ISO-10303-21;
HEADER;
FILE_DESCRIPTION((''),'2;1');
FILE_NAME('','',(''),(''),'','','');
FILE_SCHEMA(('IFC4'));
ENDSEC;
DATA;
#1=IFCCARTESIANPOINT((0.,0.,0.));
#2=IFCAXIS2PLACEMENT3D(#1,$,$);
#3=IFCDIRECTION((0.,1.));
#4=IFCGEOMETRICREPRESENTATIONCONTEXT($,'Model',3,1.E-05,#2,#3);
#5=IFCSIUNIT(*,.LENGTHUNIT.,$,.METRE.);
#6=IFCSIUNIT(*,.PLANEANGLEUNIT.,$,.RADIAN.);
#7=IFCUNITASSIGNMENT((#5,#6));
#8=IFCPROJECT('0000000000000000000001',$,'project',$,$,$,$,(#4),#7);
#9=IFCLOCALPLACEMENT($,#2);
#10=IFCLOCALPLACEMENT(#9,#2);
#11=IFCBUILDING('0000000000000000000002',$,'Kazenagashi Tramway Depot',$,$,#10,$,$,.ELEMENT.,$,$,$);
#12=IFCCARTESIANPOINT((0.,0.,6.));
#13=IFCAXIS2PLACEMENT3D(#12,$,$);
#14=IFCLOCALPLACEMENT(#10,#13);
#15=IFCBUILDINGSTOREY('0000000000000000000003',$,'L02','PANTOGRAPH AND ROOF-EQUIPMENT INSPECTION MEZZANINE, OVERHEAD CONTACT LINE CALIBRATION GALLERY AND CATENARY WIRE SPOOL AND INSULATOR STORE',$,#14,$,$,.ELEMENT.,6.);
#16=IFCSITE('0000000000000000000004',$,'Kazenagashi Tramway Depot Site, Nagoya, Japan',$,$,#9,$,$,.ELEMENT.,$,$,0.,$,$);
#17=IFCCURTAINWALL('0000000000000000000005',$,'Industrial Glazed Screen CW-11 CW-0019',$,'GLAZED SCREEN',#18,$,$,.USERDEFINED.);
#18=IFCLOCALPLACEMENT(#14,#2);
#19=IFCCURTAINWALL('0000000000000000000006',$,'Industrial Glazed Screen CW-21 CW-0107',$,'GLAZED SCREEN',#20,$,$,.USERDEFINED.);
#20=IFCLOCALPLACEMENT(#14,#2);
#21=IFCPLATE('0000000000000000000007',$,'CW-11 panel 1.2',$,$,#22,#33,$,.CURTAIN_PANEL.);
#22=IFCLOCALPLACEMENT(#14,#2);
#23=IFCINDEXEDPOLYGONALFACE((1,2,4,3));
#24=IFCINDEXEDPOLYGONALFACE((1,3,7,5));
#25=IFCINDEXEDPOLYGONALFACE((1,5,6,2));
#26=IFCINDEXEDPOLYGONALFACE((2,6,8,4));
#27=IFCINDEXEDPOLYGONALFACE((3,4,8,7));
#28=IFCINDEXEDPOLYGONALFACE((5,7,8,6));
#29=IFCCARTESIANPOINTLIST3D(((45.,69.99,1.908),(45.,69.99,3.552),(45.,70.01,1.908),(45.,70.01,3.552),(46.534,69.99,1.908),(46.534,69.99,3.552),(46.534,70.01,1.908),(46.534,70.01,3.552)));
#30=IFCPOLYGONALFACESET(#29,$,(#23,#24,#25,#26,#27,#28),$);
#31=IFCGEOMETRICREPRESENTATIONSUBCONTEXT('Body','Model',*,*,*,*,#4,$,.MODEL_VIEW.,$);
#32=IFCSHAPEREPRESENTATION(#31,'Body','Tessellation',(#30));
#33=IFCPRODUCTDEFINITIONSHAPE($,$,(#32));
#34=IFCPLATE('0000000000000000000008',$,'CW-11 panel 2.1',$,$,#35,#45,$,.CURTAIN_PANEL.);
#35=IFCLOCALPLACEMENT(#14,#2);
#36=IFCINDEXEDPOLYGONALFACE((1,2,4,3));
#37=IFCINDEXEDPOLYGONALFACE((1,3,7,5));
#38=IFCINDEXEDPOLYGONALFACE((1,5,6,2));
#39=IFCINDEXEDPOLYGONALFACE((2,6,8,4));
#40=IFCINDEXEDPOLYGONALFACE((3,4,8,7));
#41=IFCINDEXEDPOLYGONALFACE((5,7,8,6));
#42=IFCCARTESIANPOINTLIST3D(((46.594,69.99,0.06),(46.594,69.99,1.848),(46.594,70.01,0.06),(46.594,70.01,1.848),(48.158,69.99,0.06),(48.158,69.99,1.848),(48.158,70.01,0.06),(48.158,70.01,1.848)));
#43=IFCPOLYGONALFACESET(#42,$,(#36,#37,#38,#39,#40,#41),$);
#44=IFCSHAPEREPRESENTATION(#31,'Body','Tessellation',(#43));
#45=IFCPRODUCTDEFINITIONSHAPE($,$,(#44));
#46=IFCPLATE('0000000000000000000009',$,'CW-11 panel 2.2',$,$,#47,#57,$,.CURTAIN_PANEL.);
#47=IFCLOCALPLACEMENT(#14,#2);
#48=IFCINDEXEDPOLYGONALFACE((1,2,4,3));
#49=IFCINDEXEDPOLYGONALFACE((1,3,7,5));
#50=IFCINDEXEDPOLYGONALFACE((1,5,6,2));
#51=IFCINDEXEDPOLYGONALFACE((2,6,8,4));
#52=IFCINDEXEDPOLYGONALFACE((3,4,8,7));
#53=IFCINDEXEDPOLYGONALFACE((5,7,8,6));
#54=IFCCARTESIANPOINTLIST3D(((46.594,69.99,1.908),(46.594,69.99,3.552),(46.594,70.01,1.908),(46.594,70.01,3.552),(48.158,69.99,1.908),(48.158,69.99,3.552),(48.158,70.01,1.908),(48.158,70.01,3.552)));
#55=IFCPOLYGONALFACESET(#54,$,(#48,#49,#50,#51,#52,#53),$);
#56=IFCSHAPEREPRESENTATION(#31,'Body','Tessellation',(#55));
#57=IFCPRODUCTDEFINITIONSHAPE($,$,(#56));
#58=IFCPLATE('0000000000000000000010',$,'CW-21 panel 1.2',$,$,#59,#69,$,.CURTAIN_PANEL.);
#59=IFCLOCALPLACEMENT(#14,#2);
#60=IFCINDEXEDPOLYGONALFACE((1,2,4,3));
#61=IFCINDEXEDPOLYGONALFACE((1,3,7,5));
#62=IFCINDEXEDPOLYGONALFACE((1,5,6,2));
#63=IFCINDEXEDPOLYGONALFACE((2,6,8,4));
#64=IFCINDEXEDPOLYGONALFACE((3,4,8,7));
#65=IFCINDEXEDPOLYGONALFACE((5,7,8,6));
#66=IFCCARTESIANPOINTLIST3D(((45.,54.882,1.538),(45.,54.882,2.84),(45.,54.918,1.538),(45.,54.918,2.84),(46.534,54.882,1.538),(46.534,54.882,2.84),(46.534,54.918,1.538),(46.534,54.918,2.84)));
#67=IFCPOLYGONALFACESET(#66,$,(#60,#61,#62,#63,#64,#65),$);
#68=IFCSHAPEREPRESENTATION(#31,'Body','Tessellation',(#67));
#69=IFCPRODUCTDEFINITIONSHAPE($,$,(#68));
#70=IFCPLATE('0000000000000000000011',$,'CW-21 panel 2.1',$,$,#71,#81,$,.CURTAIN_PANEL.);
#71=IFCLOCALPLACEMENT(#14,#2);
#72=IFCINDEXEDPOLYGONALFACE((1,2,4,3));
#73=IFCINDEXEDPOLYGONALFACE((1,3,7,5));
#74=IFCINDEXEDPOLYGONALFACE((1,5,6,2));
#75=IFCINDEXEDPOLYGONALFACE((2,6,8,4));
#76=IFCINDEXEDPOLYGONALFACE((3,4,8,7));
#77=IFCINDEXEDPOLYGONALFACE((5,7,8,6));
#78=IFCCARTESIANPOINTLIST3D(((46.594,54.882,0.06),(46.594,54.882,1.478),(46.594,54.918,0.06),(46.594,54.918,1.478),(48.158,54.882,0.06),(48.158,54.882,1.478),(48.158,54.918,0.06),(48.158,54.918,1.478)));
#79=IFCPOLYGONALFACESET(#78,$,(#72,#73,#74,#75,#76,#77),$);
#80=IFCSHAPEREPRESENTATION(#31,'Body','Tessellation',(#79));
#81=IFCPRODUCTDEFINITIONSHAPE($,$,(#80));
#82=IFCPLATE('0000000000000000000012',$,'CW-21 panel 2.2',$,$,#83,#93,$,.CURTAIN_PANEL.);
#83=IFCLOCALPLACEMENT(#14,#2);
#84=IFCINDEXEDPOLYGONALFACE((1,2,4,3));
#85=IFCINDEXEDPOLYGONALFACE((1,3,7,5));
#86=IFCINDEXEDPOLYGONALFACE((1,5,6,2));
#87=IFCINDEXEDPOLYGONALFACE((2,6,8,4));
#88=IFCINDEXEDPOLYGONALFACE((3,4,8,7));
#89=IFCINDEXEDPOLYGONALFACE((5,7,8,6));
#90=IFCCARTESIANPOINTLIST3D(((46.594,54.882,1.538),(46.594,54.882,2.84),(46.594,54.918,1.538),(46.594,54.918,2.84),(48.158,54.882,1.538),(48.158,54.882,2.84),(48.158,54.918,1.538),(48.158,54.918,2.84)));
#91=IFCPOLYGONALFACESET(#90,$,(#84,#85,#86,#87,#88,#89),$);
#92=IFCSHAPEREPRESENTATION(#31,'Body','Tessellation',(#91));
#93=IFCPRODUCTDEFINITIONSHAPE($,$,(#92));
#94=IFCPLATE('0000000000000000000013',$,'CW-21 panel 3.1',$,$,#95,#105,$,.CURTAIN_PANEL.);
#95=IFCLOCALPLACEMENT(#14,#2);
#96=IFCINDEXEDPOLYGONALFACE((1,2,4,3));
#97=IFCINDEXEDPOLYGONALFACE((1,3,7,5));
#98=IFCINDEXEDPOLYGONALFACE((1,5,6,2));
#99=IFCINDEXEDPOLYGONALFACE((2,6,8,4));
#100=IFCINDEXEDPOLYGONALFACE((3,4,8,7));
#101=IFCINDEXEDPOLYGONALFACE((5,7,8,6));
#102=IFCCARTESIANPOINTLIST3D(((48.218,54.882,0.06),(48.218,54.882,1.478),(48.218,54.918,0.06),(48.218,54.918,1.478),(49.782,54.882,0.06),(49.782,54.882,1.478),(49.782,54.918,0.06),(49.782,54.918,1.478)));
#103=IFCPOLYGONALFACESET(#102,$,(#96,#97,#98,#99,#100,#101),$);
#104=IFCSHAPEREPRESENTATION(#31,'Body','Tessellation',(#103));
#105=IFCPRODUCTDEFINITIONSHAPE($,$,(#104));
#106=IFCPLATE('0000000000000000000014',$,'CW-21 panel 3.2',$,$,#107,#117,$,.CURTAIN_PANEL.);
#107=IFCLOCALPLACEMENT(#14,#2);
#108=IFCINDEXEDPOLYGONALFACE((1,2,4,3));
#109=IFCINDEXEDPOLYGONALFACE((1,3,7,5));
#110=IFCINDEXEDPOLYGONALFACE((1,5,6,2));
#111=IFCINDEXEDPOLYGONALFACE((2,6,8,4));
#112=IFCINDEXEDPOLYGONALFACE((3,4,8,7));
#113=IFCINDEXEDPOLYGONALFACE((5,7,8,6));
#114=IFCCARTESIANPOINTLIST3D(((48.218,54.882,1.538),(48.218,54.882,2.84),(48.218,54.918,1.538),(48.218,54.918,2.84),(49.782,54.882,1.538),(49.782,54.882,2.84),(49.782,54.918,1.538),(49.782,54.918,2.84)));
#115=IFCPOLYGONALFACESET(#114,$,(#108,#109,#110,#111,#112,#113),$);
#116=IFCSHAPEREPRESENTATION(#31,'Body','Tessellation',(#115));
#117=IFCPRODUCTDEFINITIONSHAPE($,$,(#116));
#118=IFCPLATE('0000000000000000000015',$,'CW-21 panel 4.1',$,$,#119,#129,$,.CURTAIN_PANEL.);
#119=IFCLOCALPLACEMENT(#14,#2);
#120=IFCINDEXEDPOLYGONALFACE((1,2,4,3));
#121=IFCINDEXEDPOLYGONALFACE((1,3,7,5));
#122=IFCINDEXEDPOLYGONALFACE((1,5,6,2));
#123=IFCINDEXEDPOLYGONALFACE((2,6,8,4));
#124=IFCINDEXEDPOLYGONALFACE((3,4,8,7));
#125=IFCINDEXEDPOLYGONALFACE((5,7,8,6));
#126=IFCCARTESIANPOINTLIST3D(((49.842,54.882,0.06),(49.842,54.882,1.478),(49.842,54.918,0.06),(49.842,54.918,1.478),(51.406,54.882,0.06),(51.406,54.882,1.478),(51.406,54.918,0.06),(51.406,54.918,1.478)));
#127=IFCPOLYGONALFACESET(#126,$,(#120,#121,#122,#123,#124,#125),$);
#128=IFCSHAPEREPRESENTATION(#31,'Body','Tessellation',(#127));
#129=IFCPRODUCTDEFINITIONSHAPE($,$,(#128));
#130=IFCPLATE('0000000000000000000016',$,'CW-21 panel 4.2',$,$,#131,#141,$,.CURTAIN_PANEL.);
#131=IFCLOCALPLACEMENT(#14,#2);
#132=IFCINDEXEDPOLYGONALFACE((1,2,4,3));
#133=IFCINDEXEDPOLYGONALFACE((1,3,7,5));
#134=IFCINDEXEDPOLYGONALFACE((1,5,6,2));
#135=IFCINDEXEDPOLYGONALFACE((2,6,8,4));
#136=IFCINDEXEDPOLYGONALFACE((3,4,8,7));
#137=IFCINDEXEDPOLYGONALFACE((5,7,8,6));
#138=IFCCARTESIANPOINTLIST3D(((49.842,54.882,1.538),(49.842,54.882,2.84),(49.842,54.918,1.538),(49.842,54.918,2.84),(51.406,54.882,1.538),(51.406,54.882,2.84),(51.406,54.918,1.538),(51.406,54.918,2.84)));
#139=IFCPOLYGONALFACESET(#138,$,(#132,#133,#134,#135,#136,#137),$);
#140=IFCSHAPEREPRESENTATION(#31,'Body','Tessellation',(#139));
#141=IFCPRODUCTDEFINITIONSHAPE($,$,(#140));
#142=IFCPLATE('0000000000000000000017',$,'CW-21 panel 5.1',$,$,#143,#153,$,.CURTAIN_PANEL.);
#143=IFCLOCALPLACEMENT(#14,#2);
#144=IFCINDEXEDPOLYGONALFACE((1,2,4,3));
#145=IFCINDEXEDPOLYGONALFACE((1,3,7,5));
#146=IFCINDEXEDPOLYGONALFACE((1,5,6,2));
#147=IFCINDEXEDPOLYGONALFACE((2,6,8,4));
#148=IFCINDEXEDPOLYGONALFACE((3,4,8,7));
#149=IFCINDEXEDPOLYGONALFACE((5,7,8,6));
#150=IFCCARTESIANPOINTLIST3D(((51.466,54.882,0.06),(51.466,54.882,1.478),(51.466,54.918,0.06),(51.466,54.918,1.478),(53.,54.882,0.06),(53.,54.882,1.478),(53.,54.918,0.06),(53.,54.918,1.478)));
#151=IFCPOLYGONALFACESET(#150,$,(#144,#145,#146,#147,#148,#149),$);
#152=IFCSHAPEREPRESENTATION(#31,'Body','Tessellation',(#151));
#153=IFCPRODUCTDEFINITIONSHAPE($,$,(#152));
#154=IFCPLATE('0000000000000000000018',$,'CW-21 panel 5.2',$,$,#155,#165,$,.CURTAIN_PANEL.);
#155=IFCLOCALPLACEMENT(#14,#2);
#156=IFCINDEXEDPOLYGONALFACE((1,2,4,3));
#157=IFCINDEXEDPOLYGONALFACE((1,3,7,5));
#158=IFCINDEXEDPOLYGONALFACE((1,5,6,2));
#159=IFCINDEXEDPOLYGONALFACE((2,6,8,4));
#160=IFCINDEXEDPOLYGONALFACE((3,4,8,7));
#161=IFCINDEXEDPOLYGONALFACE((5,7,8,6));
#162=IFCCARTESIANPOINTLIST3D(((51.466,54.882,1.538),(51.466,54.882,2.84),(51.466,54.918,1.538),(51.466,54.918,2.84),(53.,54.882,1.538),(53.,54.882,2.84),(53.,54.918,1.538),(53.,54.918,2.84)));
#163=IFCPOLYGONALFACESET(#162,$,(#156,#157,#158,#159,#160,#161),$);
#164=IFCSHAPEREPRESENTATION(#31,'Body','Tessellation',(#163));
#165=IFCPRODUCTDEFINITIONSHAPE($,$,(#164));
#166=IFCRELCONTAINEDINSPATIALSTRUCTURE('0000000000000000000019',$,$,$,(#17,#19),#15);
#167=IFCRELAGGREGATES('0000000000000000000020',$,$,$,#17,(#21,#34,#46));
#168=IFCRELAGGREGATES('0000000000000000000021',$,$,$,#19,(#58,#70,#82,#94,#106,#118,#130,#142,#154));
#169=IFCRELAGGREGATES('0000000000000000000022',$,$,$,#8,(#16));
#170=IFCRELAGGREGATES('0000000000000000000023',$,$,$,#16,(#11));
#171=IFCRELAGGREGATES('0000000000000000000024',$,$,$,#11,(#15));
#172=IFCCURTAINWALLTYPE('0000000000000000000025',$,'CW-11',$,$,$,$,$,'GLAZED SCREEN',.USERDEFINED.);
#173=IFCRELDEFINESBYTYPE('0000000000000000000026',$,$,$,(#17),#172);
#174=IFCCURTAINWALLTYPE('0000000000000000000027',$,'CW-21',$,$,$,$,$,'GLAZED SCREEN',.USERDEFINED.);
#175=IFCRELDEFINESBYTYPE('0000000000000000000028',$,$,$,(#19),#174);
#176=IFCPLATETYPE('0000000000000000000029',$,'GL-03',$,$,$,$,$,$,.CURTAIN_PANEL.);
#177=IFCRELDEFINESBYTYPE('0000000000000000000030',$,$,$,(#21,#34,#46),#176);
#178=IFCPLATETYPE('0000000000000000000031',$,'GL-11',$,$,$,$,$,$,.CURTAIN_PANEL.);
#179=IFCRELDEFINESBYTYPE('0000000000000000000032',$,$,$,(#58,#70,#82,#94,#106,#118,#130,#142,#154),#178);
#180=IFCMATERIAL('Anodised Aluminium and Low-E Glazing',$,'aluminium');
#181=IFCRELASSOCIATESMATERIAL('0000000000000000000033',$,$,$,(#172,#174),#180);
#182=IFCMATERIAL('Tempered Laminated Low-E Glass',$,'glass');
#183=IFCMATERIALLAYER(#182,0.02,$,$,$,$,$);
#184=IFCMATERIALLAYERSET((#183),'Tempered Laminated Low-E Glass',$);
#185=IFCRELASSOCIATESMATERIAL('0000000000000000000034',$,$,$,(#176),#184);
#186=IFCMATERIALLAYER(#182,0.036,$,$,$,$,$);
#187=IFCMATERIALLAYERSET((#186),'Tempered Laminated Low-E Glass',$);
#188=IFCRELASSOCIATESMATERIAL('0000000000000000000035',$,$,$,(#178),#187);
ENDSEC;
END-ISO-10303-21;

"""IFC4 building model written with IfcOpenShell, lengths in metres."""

from ifc_helpers import new_model, si_unit, direction, frame, origin, origin_2d, place, context, subcontext, project, spatial, rectangle, extrude, material, layer, layer_set, type_object, element, aggregate, save


model = new_model("IFC4")

# Units and contexts
model_context = context("Model", 3, precision=1e-05, world=origin(), true_north=direction((0.0, 1.0)))
body_context = subcontext(model_context, "Body", "Model", "MODEL_VIEW")
ifc_project = project(units=[si_unit("LENGTHUNIT", "METRE"), si_unit("PLANEANGLEUNIT", "RADIAN")], contexts=[model_context])

# Site, building, storey
site_placement = place(None, origin())
site = spatial("IfcSite", under=ifc_project, at=site_placement, Name="Kazenagashi Tramway Depot Site, Nagoya, Japan", CompositionType="ELEMENT", RefElevation=0.0)
building_placement = place(site_placement, origin())
building = spatial("IfcBuilding", under=site, at=building_placement, Name="Kazenagashi Tramway Depot", CompositionType="ELEMENT")
storey_placement = place(building_placement, frame((0.0, 0.0, 6.0)))
storey = spatial("IfcBuildingStorey", under=building, at=storey_placement, Name="L02", Description="PANTOGRAPH AND ROOF-EQUIPMENT INSPECTION MEZZANINE, OVERHEAD CONTACT LINE CALIBRATION GALLERY AND CATENARY WIRE SPOOL AND INSULATOR STORE", CompositionType="ELEMENT", Elevation=6.0)

# Curtain wall
ifc_material_1 = material(Name="Anodised Aluminium and Low-E Glazing", Category="aluminium")
curtain_wall_type_1 = type_object("IfcCurtainWallType", Name="CW-11", ElementType="GLAZED SCREEN", PredefinedType="USERDEFINED", material=ifc_material_1)
curtain_wall_1_placement = place(storey_placement, origin())
curtain_wall_1 = element("IfcCurtainWall", 1, at=curtain_wall_1_placement, inside=storey, type_object=curtain_wall_type_1, Name="Industrial Glazed Screen CW-11 CW-0019", ObjectType="GLAZED SCREEN", PredefinedType="USERDEFINED")

# Curtain wall
curtain_wall_type_2 = type_object("IfcCurtainWallType", Name="CW-21", ElementType="GLAZED SCREEN", PredefinedType="USERDEFINED", material=ifc_material_1)
curtain_wall_2_placement = place(storey_placement, origin())
curtain_wall_2 = element("IfcCurtainWall", 2, at=curtain_wall_2_placement, inside=storey, type_object=curtain_wall_type_2, Name="Industrial Glazed Screen CW-21 CW-0107", ObjectType="GLAZED SCREEN", PredefinedType="USERDEFINED")

# Plates
ifc_material_2 = material(Name="Tempered Laminated Low-E Glass", Category="glass")
ifc_layer_1 = layer(ifc_material_2, 0.02)
ifc_layer_set_1 = layer_set([ifc_layer_1], Name="Tempered Laminated Low-E Glass")
plate_type_1 = type_object("IfcPlateType", Name="GL-03", PredefinedType="CURTAIN_PANEL", material=ifc_layer_set_1)
plate_1_placement = place(storey_placement, frame((45.767, 70.0, 1.908), z_axis=(0.0, 0.0, 1.0), x_axis=(1.0, 0.0, 0.0)))
plate_1 = element("IfcPlate", 3, at=plate_1_placement, type_object=plate_type_1, Name="CW-11 panel 1.2", PredefinedType="CURTAIN_PANEL", context=body_context, shape_type="SweptSolid", body=[
    extrude(rectangle(XDim=1.534, YDim=0.02, at=origin_2d()), origin(), (0.0, 0.0, 1.0), 1.644),
])
plate_2_placement = place(storey_placement, frame((47.376, 70.0, 0.06), z_axis=(0.0, 0.0, 1.0), x_axis=(1.0, 0.0, 0.0)))
plate_2 = element("IfcPlate", 4, at=plate_2_placement, type_object=plate_type_1, Name="CW-11 panel 2.1", PredefinedType="CURTAIN_PANEL", context=body_context, shape_type="SweptSolid", body=[
    extrude(rectangle(XDim=1.564, YDim=0.02, at=origin_2d()), origin(), (0.0, 0.0, 1.0), 1.788),
])
plate_3_placement = place(storey_placement, frame((47.376, 70.0, 1.908), z_axis=(0.0, 0.0, 1.0), x_axis=(1.0, 0.0, 0.0)))
plate_3 = element("IfcPlate", 5, at=plate_3_placement, type_object=plate_type_1, Name="CW-11 panel 2.2", PredefinedType="CURTAIN_PANEL", context=body_context, shape_type="SweptSolid", body=[
    extrude(rectangle(XDim=1.564, YDim=0.02, at=origin_2d()), origin(), (0.0, 0.0, 1.0), 1.644),
])
aggregate(curtain_wall_1, [plate_1, plate_2, plate_3])
ifc_layer_2 = layer(ifc_material_2, 0.036)
ifc_layer_set_2 = layer_set([ifc_layer_2], Name="Tempered Laminated Low-E Glass")
plate_type_2 = type_object("IfcPlateType", Name="GL-11", PredefinedType="CURTAIN_PANEL", material=ifc_layer_set_2)
plate_4_placement = place(storey_placement, frame((45.767, 54.9, 1.538), z_axis=(0.0, 0.0, 1.0), x_axis=(1.0, 0.0, 0.0)))
plate_4 = element("IfcPlate", 6, at=plate_4_placement, type_object=plate_type_2, Name="CW-21 panel 1.2", PredefinedType="CURTAIN_PANEL", context=body_context, shape_type="SweptSolid", body=[
    extrude(rectangle(XDim=1.534, YDim=0.036, at=origin_2d()), origin(), (0.0, 0.0, 1.0), 1.302),
])
plate_5_placement = place(storey_placement, frame((47.376, 54.9, 0.06), z_axis=(0.0, 0.0, 1.0), x_axis=(1.0, 0.0, 0.0)))
plate_5 = element("IfcPlate", 7, at=plate_5_placement, type_object=plate_type_2, Name="CW-21 panel 2.1", PredefinedType="CURTAIN_PANEL", context=body_context, shape_type="SweptSolid", body=[
    extrude(rectangle(XDim=1.564, YDim=0.036, at=origin_2d()), origin(), (0.0, 0.0, 1.0), 1.418),
])
plate_6_placement = place(storey_placement, frame((47.376, 54.9, 1.538), z_axis=(0.0, 0.0, 1.0), x_axis=(1.0, 0.0, 0.0)))
plate_6 = element("IfcPlate", 8, at=plate_6_placement, type_object=plate_type_2, Name="CW-21 panel 2.2", PredefinedType="CURTAIN_PANEL", context=body_context, shape_type="SweptSolid", body=[
    extrude(rectangle(XDim=1.564, YDim=0.036, at=origin_2d()), origin(), (0.0, 0.0, 1.0), 1.302),
])
plate_7_placement = place(storey_placement, frame((49.0, 54.9, 0.06), z_axis=(0.0, 0.0, 1.0), x_axis=(1.0, 0.0, 0.0)))
plate_7 = element("IfcPlate", 9, at=plate_7_placement, type_object=plate_type_2, Name="CW-21 panel 3.1", PredefinedType="CURTAIN_PANEL", context=body_context, shape_type="SweptSolid", body=[
    extrude(rectangle(XDim=1.564, YDim=0.036, at=origin_2d()), origin(), (0.0, 0.0, 1.0), 1.418),
])
plate_8_placement = place(storey_placement, frame((49.0, 54.9, 1.538), z_axis=(0.0, 0.0, 1.0), x_axis=(1.0, 0.0, 0.0)))
plate_8 = element("IfcPlate", 10, at=plate_8_placement, type_object=plate_type_2, Name="CW-21 panel 3.2", PredefinedType="CURTAIN_PANEL", context=body_context, shape_type="SweptSolid", body=[
    extrude(rectangle(XDim=1.564, YDim=0.036, at=origin_2d()), origin(), (0.0, 0.0, 1.0), 1.302),
])
plate_9_placement = place(storey_placement, frame((50.624, 54.9, 0.06), z_axis=(0.0, 0.0, 1.0), x_axis=(1.0, 0.0, 0.0)))
plate_9 = element("IfcPlate", 11, at=plate_9_placement, type_object=plate_type_2, Name="CW-21 panel 4.1", PredefinedType="CURTAIN_PANEL", context=body_context, shape_type="SweptSolid", body=[
    extrude(rectangle(XDim=1.564, YDim=0.036, at=origin_2d()), origin(), (0.0, 0.0, 1.0), 1.418),
])
plate_10_placement = place(storey_placement, frame((50.624, 54.9, 1.538), z_axis=(0.0, 0.0, 1.0), x_axis=(1.0, 0.0, 0.0)))
plate_10 = element("IfcPlate", 12, at=plate_10_placement, type_object=plate_type_2, Name="CW-21 panel 4.2", PredefinedType="CURTAIN_PANEL", context=body_context, shape_type="SweptSolid", body=[
    extrude(rectangle(XDim=1.564, YDim=0.036, at=origin_2d()), origin(), (0.0, 0.0, 1.0), 1.302),
])
plate_11_placement = place(storey_placement, frame((52.233, 54.9, 0.06), z_axis=(0.0, 0.0, 1.0), x_axis=(1.0, 0.0, 0.0)))
plate_11 = element("IfcPlate", 13, at=plate_11_placement, type_object=plate_type_2, Name="CW-21 panel 5.1", PredefinedType="CURTAIN_PANEL", context=body_context, shape_type="SweptSolid", body=[
    extrude(rectangle(XDim=1.534, YDim=0.036, at=origin_2d()), origin(), (0.0, 0.0, 1.0), 1.418),
])
plate_12_placement = place(storey_placement, frame((52.233, 54.9, 1.538), z_axis=(0.0, 0.0, 1.0), x_axis=(1.0, 0.0, 0.0)))
plate_12 = element("IfcPlate", 14, at=plate_12_placement, type_object=plate_type_2, Name="CW-21 panel 5.2", PredefinedType="CURTAIN_PANEL", context=body_context, shape_type="SweptSolid", body=[
    extrude(rectangle(XDim=1.534, YDim=0.036, at=origin_2d()), origin(), (0.0, 0.0, 1.0), 1.302),
])
aggregate(curtain_wall_2, [plate_4, plate_5, plate_6, plate_7, plate_8, plate_9, plate_10, plate_11, plate_12])

save(model, "model.ifc")
